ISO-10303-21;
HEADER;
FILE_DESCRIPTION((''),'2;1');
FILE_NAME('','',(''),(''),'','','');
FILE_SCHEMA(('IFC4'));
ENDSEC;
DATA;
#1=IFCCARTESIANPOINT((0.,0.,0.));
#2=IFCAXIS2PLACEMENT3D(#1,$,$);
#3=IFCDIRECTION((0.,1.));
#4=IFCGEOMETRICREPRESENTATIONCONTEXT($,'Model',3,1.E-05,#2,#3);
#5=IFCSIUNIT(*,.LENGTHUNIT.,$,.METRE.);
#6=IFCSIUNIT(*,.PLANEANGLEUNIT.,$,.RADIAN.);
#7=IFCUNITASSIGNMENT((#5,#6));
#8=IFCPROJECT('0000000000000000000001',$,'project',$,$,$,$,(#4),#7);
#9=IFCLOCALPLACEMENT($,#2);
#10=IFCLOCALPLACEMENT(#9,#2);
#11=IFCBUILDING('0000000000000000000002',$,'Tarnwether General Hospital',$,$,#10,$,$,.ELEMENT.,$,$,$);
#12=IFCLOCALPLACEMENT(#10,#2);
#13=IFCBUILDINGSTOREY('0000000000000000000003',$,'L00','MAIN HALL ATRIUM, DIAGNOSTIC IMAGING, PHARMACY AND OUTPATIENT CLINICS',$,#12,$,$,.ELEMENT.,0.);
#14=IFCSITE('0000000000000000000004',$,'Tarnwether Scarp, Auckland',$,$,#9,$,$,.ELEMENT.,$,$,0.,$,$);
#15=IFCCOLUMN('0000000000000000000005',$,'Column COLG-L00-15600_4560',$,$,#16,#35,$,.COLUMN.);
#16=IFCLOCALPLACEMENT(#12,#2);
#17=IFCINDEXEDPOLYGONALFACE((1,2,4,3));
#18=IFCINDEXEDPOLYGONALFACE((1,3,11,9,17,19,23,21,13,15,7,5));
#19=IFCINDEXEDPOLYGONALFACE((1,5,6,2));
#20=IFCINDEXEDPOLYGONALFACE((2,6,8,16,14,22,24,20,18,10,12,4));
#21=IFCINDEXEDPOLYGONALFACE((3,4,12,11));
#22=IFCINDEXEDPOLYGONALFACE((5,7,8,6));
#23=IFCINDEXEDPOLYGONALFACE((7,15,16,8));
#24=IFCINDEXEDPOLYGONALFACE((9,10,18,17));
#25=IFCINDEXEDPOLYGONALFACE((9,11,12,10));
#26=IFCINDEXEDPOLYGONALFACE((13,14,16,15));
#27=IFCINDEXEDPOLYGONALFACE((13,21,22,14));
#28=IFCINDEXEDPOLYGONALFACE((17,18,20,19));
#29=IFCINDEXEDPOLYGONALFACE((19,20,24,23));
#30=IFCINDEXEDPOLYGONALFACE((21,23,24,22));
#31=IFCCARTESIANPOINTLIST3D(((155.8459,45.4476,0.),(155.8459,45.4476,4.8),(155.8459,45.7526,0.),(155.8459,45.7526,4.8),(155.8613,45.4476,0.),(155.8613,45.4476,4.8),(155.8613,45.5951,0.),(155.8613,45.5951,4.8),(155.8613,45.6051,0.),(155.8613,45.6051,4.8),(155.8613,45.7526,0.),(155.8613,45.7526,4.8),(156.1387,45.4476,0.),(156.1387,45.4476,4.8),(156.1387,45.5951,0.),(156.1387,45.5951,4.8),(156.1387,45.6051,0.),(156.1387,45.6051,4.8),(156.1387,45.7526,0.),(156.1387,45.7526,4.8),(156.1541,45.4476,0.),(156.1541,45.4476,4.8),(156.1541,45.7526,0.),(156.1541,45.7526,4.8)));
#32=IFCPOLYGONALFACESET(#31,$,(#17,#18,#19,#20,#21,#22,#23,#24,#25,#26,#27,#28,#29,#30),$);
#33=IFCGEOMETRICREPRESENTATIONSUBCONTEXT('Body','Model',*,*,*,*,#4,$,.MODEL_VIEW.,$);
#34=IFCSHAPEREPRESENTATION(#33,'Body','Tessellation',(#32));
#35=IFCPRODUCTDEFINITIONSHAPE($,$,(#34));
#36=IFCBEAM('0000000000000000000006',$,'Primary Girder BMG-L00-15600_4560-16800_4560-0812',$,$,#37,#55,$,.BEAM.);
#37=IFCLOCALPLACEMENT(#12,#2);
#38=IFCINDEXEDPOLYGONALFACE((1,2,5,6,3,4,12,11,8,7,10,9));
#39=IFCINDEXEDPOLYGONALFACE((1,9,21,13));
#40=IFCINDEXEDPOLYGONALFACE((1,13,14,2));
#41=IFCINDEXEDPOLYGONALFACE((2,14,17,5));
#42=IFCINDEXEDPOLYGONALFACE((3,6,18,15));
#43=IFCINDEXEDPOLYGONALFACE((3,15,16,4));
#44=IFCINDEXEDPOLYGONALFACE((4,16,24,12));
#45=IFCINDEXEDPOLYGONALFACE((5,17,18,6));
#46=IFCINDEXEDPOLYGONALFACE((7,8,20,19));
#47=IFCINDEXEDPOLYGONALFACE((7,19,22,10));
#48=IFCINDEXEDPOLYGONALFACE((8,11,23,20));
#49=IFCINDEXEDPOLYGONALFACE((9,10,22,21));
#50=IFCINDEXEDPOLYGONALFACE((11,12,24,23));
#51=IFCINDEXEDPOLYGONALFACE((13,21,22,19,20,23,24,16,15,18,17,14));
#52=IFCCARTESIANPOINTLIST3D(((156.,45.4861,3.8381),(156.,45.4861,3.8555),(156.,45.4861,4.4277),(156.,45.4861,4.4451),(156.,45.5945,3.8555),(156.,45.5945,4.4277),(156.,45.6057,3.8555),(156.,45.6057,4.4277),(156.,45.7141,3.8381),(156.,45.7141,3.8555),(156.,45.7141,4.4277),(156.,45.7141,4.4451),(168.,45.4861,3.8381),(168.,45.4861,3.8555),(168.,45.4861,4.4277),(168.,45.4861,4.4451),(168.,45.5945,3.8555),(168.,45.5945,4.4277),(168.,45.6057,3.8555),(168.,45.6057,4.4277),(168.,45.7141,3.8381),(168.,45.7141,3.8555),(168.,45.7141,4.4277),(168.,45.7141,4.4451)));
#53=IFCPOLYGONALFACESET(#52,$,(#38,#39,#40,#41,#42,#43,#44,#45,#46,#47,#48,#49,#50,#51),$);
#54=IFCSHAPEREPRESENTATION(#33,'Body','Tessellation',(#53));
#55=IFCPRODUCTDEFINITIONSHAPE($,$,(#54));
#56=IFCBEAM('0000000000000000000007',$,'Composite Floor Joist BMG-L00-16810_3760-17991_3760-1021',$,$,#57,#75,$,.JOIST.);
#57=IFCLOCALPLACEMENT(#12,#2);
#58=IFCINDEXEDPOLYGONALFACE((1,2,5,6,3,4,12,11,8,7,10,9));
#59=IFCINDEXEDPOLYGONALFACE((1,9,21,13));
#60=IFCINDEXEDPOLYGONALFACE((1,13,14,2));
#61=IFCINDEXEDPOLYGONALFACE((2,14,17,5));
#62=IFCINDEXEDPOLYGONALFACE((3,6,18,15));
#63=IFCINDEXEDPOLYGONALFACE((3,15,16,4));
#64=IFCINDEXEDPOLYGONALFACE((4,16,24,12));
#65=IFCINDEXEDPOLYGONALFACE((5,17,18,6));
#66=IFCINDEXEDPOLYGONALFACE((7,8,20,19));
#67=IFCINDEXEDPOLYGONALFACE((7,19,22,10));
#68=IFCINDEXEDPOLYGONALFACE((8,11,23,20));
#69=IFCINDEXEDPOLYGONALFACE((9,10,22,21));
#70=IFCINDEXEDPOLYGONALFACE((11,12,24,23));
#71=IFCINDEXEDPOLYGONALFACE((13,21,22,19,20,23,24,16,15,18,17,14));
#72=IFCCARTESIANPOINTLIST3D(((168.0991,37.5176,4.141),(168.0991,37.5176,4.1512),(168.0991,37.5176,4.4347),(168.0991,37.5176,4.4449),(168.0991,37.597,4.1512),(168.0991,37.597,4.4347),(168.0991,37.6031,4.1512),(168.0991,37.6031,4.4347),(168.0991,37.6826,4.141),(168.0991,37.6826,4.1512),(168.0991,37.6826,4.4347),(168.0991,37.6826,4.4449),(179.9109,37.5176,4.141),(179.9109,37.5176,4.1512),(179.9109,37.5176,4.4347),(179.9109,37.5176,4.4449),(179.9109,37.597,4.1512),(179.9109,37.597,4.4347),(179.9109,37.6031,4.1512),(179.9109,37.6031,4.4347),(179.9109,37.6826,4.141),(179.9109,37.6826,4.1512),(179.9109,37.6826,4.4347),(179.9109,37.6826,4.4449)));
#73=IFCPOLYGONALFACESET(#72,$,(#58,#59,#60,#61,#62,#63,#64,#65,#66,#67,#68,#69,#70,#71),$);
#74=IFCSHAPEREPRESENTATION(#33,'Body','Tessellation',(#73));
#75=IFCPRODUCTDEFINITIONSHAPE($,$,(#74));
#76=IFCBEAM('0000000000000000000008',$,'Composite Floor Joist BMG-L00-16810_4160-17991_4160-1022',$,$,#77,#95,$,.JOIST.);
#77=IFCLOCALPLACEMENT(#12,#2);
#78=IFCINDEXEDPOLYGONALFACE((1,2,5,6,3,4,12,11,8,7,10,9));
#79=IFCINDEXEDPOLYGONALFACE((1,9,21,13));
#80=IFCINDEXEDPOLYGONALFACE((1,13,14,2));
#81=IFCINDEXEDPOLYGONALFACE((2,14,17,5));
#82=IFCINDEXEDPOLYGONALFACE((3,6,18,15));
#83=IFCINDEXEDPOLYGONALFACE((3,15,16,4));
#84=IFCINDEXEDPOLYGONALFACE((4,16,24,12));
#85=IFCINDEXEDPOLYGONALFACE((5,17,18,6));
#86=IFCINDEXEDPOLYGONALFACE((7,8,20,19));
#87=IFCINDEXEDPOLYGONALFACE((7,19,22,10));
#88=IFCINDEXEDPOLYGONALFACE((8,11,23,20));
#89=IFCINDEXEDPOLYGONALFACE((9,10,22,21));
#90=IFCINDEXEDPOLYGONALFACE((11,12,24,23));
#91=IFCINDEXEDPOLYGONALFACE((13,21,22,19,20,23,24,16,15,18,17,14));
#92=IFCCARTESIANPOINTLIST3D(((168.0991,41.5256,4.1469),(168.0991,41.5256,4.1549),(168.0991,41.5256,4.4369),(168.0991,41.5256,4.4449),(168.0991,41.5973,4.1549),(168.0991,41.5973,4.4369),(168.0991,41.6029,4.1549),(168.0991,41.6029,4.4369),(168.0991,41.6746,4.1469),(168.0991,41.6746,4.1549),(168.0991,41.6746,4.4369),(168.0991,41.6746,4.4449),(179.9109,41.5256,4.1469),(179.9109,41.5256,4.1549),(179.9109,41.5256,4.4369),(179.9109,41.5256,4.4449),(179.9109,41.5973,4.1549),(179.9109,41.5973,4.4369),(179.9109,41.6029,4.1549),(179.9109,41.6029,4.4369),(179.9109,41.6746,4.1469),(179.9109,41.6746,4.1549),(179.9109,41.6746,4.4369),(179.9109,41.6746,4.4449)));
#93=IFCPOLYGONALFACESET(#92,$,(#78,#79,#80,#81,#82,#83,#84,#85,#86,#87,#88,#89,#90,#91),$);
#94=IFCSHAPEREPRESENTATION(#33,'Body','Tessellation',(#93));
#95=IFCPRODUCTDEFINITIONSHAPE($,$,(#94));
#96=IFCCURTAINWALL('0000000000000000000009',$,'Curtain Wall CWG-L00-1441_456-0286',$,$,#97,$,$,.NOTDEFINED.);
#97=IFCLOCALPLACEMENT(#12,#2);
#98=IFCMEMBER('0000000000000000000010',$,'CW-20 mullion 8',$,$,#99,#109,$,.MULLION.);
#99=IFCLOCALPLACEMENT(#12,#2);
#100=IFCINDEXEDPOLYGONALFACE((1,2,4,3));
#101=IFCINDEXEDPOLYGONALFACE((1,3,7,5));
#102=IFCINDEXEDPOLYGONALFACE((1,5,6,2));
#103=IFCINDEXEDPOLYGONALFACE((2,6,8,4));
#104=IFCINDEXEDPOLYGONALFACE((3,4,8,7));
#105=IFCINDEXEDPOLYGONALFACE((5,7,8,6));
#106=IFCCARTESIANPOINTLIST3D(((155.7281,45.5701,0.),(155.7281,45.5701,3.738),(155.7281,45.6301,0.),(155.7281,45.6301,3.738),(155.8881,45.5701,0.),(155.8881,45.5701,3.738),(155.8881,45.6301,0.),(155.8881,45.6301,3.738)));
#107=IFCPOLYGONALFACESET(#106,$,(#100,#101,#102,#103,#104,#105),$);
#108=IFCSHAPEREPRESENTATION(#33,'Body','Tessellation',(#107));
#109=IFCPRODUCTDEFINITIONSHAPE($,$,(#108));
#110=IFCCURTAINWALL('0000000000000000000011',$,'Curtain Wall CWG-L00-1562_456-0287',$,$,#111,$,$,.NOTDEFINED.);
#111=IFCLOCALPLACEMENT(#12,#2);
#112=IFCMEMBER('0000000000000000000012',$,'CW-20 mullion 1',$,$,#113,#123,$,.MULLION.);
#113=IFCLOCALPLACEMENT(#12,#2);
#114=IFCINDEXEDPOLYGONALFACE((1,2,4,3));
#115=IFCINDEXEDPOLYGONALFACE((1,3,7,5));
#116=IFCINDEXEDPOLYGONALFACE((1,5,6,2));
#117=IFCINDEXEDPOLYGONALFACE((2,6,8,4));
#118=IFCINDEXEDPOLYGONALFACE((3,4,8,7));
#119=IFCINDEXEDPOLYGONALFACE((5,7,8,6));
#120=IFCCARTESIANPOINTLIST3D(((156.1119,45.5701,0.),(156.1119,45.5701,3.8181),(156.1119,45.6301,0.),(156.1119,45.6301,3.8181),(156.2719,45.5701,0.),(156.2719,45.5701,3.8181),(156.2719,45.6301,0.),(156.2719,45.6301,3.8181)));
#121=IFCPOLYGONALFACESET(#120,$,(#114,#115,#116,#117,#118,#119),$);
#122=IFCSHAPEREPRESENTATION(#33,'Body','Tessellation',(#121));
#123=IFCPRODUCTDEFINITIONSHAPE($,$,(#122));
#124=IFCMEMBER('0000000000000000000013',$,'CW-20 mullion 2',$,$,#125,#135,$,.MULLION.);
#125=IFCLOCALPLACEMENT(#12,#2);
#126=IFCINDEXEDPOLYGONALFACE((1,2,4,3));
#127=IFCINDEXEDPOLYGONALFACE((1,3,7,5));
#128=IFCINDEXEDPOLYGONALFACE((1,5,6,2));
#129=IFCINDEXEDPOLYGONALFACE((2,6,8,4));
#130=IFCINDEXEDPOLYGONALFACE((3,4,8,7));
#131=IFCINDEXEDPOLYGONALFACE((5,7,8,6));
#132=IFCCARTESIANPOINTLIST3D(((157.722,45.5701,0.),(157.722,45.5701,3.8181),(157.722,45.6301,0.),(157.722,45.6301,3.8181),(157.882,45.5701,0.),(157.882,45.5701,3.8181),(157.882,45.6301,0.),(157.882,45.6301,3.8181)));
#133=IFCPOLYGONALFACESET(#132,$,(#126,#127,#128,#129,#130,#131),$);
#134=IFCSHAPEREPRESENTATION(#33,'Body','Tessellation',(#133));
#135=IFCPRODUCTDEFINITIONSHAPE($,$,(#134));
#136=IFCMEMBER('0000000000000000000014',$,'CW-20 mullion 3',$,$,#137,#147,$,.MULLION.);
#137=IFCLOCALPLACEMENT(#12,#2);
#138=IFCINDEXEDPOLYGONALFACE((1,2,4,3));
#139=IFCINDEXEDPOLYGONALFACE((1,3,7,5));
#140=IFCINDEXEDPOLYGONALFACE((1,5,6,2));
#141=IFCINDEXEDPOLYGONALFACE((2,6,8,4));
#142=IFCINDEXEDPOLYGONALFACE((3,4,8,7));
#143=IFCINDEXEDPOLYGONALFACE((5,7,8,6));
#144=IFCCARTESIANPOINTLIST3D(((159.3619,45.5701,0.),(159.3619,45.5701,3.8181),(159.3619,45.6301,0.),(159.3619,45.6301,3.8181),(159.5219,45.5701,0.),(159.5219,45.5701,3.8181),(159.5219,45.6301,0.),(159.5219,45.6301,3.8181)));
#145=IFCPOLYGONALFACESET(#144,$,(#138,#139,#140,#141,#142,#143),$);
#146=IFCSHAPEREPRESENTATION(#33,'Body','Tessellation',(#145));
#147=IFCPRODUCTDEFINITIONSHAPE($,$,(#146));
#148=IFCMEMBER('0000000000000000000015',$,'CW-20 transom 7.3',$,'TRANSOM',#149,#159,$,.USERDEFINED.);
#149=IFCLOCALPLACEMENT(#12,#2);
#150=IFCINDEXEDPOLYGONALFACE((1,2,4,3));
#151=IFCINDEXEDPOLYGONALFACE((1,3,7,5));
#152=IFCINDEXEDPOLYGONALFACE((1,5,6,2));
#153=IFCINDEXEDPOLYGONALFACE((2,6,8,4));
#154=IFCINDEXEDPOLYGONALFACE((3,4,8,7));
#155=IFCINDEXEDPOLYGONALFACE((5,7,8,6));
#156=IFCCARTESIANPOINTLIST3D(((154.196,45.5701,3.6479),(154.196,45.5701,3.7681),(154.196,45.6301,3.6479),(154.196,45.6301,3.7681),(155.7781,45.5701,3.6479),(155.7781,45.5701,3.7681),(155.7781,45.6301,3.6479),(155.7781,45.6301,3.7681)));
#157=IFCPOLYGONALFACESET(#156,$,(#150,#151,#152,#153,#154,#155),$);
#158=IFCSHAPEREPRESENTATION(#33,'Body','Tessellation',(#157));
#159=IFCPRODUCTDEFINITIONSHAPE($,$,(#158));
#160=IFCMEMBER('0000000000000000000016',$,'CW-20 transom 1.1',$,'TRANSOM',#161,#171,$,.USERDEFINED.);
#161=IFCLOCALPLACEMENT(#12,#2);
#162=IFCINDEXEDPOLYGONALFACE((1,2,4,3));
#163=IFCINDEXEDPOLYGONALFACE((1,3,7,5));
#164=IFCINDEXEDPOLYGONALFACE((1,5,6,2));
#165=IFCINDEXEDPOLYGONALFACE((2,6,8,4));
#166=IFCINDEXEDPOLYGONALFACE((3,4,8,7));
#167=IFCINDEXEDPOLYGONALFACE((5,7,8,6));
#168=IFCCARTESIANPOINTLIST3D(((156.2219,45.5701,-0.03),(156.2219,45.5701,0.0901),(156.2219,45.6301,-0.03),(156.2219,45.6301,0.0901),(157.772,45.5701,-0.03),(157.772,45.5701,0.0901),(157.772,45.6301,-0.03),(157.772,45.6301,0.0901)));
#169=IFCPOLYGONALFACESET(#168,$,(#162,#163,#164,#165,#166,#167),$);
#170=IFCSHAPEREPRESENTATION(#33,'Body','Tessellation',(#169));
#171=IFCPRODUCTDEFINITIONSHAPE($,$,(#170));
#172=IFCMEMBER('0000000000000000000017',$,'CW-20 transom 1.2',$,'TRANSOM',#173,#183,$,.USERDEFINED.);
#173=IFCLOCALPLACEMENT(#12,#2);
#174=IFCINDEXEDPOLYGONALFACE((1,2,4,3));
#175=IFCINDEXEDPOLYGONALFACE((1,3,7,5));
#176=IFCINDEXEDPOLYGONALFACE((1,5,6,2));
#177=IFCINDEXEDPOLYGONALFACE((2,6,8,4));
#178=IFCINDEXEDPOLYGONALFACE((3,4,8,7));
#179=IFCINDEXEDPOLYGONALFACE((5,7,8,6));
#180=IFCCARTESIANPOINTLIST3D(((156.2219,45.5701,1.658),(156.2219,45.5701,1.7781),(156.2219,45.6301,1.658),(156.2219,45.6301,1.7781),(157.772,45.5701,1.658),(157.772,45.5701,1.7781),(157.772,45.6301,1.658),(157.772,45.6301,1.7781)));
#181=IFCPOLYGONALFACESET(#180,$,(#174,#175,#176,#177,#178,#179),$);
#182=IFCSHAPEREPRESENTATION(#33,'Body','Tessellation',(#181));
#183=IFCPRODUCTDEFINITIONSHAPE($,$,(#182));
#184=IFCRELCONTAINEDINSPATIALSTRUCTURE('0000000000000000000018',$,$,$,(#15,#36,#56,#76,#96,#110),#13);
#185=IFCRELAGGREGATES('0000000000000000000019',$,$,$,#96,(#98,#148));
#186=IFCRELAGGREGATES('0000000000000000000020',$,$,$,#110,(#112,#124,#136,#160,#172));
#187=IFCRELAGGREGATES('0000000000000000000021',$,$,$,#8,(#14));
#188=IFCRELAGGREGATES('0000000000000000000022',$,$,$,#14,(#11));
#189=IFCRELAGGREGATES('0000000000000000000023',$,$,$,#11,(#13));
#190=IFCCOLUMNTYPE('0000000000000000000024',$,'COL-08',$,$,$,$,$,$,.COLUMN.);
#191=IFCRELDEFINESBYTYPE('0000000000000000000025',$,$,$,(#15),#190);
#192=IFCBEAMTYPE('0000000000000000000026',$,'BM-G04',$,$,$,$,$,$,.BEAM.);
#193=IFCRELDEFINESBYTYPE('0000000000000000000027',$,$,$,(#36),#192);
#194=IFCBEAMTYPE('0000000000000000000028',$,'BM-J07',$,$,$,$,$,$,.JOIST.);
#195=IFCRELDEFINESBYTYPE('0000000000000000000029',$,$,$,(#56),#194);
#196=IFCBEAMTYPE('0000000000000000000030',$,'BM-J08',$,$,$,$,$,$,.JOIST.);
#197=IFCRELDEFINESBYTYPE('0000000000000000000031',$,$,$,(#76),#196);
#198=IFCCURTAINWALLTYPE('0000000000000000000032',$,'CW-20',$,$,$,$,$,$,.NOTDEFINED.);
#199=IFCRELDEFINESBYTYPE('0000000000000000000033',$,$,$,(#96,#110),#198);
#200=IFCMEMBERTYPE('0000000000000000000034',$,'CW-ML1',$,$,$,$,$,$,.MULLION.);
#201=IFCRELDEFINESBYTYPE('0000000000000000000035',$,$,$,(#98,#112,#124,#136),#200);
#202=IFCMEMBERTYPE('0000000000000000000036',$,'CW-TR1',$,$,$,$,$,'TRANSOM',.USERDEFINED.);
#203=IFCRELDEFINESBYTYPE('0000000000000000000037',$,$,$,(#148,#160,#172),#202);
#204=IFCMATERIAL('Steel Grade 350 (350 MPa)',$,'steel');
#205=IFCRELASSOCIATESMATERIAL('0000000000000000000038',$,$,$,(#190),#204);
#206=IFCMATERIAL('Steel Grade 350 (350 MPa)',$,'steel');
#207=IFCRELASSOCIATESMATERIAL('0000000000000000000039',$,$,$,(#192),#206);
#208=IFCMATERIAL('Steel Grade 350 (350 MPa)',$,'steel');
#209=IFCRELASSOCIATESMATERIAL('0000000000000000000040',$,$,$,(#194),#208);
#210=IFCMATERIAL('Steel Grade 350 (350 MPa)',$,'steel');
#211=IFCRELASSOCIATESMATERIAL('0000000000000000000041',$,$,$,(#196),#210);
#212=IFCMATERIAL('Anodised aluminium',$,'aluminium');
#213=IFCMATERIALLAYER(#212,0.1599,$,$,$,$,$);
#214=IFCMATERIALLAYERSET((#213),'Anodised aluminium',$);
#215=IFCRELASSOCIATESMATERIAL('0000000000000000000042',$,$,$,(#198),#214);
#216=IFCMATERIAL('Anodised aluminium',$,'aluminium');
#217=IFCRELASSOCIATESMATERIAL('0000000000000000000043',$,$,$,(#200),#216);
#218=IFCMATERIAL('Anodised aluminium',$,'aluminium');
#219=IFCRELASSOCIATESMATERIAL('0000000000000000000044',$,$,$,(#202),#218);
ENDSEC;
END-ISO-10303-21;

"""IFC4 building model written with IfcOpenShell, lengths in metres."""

from ifc_helpers import new_model, si_unit, direction, frame, origin, origin_2d, place, context, subcontext, project, spatial, rectangle, i_section, extrude, material, layer, layer_set, material_profile, profile_set, type_object, element, aggregate, save


model = new_model("IFC4")

# Units and contexts
model_context = context("Model", 3, precision=1e-05, world=origin(), true_north=direction((0.0, 1.0)))
body_context = subcontext(model_context, "Body", "Model", "MODEL_VIEW")
ifc_project = project(units=[si_unit("LENGTHUNIT", "METRE"), si_unit("PLANEANGLEUNIT", "RADIAN")], contexts=[model_context])

# Site, building, storey
site_placement = place(None, origin())
site = spatial("IfcSite", under=ifc_project, at=site_placement, Name="Tarnwether Scarp, Auckland", CompositionType="ELEMENT", RefElevation=0.0)
building_placement = place(site_placement, origin())
building = spatial("IfcBuilding", under=site, at=building_placement, Name="Tarnwether General Hospital", CompositionType="ELEMENT")
storey_placement = place(building_placement, origin())
storey = spatial("IfcBuildingStorey", under=building, at=storey_placement, Name="L00", Description="MAIN HALL ATRIUM, DIAGNOSTIC IMAGING, PHARMACY AND OUTPATIENT CLINICS", CompositionType="ELEMENT", Elevation=0.0)

# Column
ifc_material_1 = material(Name="Steel Grade 350 (350 MPa)", Category="steel")
ifc_material_profile_1 = material_profile(ifc_material_1, i_section(OverallWidth=0.3049, OverallDepth=0.3081, WebThickness=0.01, FlangeThickness=0.0154, at=origin_2d()), Name="310UC96.8")
ifc_profile_set_1 = profile_set([ifc_material_profile_1], Name="Steel Grade 350 (350 MPa)")
column_type = type_object("IfcColumnType", Name="COL-08", PredefinedType="COLUMN", material=ifc_profile_set_1)
column_placement = place(storey_placement, frame((156.0, 45.6001, 0.0), z_axis=(0.0, 0.0, 1.0), x_axis=(0.0, 1.0, 0.0)))
element("IfcColumn", 1, at=column_placement, inside=storey, type_object=column_type, Name="Column COLG-L00-15600_4560", PredefinedType="COLUMN", context=body_context, shape_type="SweptSolid", body=[
    extrude(i_section(OverallWidth=0.3049, OverallDepth=0.3081, WebThickness=0.01, FlangeThickness=0.0154, at=origin_2d()), origin(), (0.0, 0.0, 1.0), 4.8),
])

# Beams
ifc_material_2 = material(Name="Steel Grade 350 (350 MPa)", Category="steel")
ifc_material_profile_2 = material_profile(ifc_material_2, i_section(OverallWidth=0.228, OverallDepth=0.6069, WebThickness=0.0112, FlangeThickness=0.0173, at=origin_2d()), Name="610UB113")
ifc_profile_set_2 = profile_set([ifc_material_profile_2], Name="Steel Grade 350 (350 MPa)")
beam_type_1 = type_object("IfcBeamType", Name="BM-G04", PredefinedType="BEAM", material=ifc_profile_set_2)
beam_1_placement = place(storey_placement, frame((156.0, 45.6001, 4.1416), z_axis=(1.0, 0.0, 0.0), x_axis=(0.0, 1.0, 0.0)))
element("IfcBeam", 2, at=beam_1_placement, inside=storey, type_object=beam_type_1, Name="Primary Girder BMG-L00-15600_4560-16800_4560-0812", PredefinedType="BEAM", context=body_context, shape_type="SweptSolid", body=[
    extrude(i_section(OverallWidth=0.228, OverallDepth=0.6069, WebThickness=0.0112, FlangeThickness=0.0173, at=origin_2d()), origin(), (0.0, 0.0, 1.0), 12.0),
])
ifc_material_3 = material(Name="Steel Grade 350 (350 MPa)", Category="steel")
ifc_material_profile_3 = material_profile(ifc_material_3, i_section(OverallWidth=0.165, OverallDepth=0.304, WebThickness=0.0061, FlangeThickness=0.0103, at=origin_2d()), Name="310UB40.4")
ifc_profile_set_3 = profile_set([ifc_material_profile_3], Name="Steel Grade 350 (350 MPa)")
beam_type_2 = type_object("IfcBeamType", Name="BM-J07", PredefinedType="JOIST", material=ifc_profile_set_3)
beam_2_placement = place(storey_placement, frame((168.0991, 37.6001, 4.293), z_axis=(1.0, 0.0, 0.0), x_axis=(0.0, 1.0, 0.0)))
element("IfcBeam", 3, at=beam_2_placement, inside=storey, type_object=beam_type_2, Name="Composite Floor Joist BMG-L00-16810_3760-17991_3760-1021", PredefinedType="JOIST", context=body_context, shape_type="SweptSolid", body=[
    extrude(i_section(OverallWidth=0.165, OverallDepth=0.304, WebThickness=0.0061, FlangeThickness=0.0103, at=origin_2d()), origin(), (0.0, 0.0, 1.0), 11.8118),
])
ifc_material_4 = material(Name="Steel Grade 350 (350 MPa)", Category="steel")
ifc_material_profile_4 = material_profile(ifc_material_4, i_section(OverallWidth=0.1489, OverallDepth=0.2981, WebThickness=0.0056, FlangeThickness=0.0081, at=origin_2d()), Name="310UB32.0")
ifc_profile_set_4 = profile_set([ifc_material_profile_4], Name="Steel Grade 350 (350 MPa)")
beam_type_3 = type_object("IfcBeamType", Name="BM-J08", PredefinedType="JOIST", material=ifc_profile_set_4)
beam_3_placement = place(storey_placement, frame((168.0991, 41.6001, 4.2959), z_axis=(1.0, 0.0, 0.0), x_axis=(0.0, 1.0, 0.0)))
element("IfcBeam", 4, at=beam_3_placement, inside=storey, type_object=beam_type_3, Name="Composite Floor Joist BMG-L00-16810_4160-17991_4160-1022", PredefinedType="JOIST", context=body_context, shape_type="SweptSolid", body=[
    extrude(i_section(OverallWidth=0.1489, OverallDepth=0.2981, WebThickness=0.0056, FlangeThickness=0.0081, at=origin_2d()), origin(), (0.0, 0.0, 1.0), 11.8118),
])

# Curtain wall, member
ifc_material_5 = material(Name="Anodised aluminium", Category="aluminium")
ifc_layer_1 = layer(ifc_material_5, 0.1599)
ifc_layer_set_1 = layer_set([ifc_layer_1], Name="Anodised aluminium")
curtain_wall_type = type_object("IfcCurtainWallType", Name="CW-20", PredefinedType="NOTDEFINED", material=ifc_layer_set_1)
curtain_wall_1_placement = place(storey_placement, origin())
curtain_wall_1 = element("IfcCurtainWall", 5, at=curtain_wall_1_placement, inside=storey, type_object=curtain_wall_type, Name="Curtain Wall CWG-L00-1441_456-0286", PredefinedType="NOTDEFINED")
ifc_material_6 = material(Name="Anodised aluminium", Category="aluminium")
ifc_material_profile_5 = material_profile(ifc_material_6, rectangle(XDim=0.0601, YDim=0.1599, at=origin_2d()), Name="ALU-MUL-60x160")
ifc_profile_set_5 = profile_set([ifc_material_profile_5], Name="Anodised aluminium")
member_type_1 = type_object("IfcMemberType", Name="CW-ML1", PredefinedType="MULLION", material=ifc_profile_set_5)
member_1_placement = place(storey_placement, frame((155.8081, 45.6001, 0.0), z_axis=(0.0, 0.0, 1.0), x_axis=(0.0, 1.0, 0.0)))
member_1 = element("IfcMember", 6, at=member_1_placement, type_object=member_type_1, Name="CW-20 mullion 8", PredefinedType="MULLION", context=body_context, shape_type="SweptSolid", body=[
    extrude(rectangle(XDim=0.0601, YDim=0.1599, at=origin_2d()), origin(), (0.0, 0.0, 1.0), 3.738),
])

# Curtain wall, members
curtain_wall_2_placement = place(storey_placement, origin())
curtain_wall_2 = element("IfcCurtainWall", 7, at=curtain_wall_2_placement, inside=storey, type_object=curtain_wall_type, Name="Curtain Wall CWG-L00-1562_456-0287", PredefinedType="NOTDEFINED")
member_2_placement = place(storey_placement, frame((156.1919, 45.6001, 0.0), z_axis=(0.0, 0.0, 1.0), x_axis=(0.0, 1.0, 0.0)))
member_2 = element("IfcMember", 8, at=member_2_placement, type_object=member_type_1, Name="CW-20 mullion 1", PredefinedType="MULLION", context=body_context, shape_type="SweptSolid", body=[
    extrude(rectangle(XDim=0.0601, YDim=0.1599, at=origin_2d()), origin(), (0.0, 0.0, 1.0), 3.8181),
])
member_3_placement = place(storey_placement, frame((157.802, 45.6001, 0.0), z_axis=(0.0, 0.0, 1.0), x_axis=(0.0, 1.0, 0.0)))
member_3 = element("IfcMember", 9, at=member_3_placement, type_object=member_type_1, Name="CW-20 mullion 2", PredefinedType="MULLION", context=body_context, shape_type="SweptSolid", body=[
    extrude(rectangle(XDim=0.0601, YDim=0.1599, at=origin_2d()), origin(), (0.0, 0.0, 1.0), 3.8181),
])
member_4_placement = place(storey_placement, frame((159.4419, 45.6001, 0.0), z_axis=(0.0, 0.0, 1.0), x_axis=(0.0, 1.0, 0.0)))
member_4 = element("IfcMember", 10, at=member_4_placement, type_object=member_type_1, Name="CW-20 mullion 3", PredefinedType="MULLION", context=body_context, shape_type="SweptSolid", body=[
    extrude(rectangle(XDim=0.0601, YDim=0.1599, at=origin_2d()), origin(), (0.0, 0.0, 1.0), 3.8181),
])

# Members
ifc_material_7 = material(Name="Anodised aluminium", Category="aluminium")
ifc_material_profile_6 = material_profile(ifc_material_7, rectangle(XDim=0.0601, YDim=0.1201, at=origin_2d()), Name="ALU-TRN-60x120")
ifc_profile_set_6 = profile_set([ifc_material_profile_6], Name="Anodised aluminium")
member_type_2 = type_object("IfcMemberType", Name="CW-TR1", ElementType="TRANSOM", PredefinedType="USERDEFINED", material=ifc_profile_set_6)
member_5_placement = place(storey_placement, frame((154.196, 45.6001, 3.708), z_axis=(1.0, 0.0, 0.0), x_axis=(0.0, 1.0, 0.0)))
member_5 = element("IfcMember", 11, at=member_5_placement, type_object=member_type_2, Name="CW-20 transom 7.3", ObjectType="TRANSOM", PredefinedType="USERDEFINED", context=body_context, shape_type="SweptSolid", body=[
    extrude(rectangle(XDim=0.0601, YDim=0.1201, at=origin_2d()), origin(), (0.0, 0.0, 1.0), 1.582),
])
member_6_placement = place(storey_placement, frame((156.2219, 45.6001, 0.03), z_axis=(1.0, 0.0, 0.0), x_axis=(0.0, 1.0, 0.0)))
member_6 = element("IfcMember", 12, at=member_6_placement, type_object=member_type_2, Name="CW-20 transom 1.1", ObjectType="TRANSOM", PredefinedType="USERDEFINED", context=body_context, shape_type="SweptSolid", body=[
    extrude(rectangle(XDim=0.0601, YDim=0.1201, at=origin_2d()), origin(), (0.0, 0.0, 1.0), 1.55),
])
member_7_placement = place(storey_placement, frame((156.2219, 45.6001, 1.718), z_axis=(1.0, 0.0, 0.0), x_axis=(0.0, 1.0, 0.0)))
member_7 = element("IfcMember", 13, at=member_7_placement, type_object=member_type_2, Name="CW-20 transom 1.2", ObjectType="TRANSOM", PredefinedType="USERDEFINED", context=body_context, shape_type="SweptSolid", body=[
    extrude(rectangle(XDim=0.0601, YDim=0.1201, at=origin_2d()), origin(), (0.0, 0.0, 1.0), 1.55),
])

aggregate(curtain_wall_1, [member_1, member_5])
aggregate(curtain_wall_2, [member_2, member_3, member_4, member_6, member_7])

save(model, "model.ifc")
